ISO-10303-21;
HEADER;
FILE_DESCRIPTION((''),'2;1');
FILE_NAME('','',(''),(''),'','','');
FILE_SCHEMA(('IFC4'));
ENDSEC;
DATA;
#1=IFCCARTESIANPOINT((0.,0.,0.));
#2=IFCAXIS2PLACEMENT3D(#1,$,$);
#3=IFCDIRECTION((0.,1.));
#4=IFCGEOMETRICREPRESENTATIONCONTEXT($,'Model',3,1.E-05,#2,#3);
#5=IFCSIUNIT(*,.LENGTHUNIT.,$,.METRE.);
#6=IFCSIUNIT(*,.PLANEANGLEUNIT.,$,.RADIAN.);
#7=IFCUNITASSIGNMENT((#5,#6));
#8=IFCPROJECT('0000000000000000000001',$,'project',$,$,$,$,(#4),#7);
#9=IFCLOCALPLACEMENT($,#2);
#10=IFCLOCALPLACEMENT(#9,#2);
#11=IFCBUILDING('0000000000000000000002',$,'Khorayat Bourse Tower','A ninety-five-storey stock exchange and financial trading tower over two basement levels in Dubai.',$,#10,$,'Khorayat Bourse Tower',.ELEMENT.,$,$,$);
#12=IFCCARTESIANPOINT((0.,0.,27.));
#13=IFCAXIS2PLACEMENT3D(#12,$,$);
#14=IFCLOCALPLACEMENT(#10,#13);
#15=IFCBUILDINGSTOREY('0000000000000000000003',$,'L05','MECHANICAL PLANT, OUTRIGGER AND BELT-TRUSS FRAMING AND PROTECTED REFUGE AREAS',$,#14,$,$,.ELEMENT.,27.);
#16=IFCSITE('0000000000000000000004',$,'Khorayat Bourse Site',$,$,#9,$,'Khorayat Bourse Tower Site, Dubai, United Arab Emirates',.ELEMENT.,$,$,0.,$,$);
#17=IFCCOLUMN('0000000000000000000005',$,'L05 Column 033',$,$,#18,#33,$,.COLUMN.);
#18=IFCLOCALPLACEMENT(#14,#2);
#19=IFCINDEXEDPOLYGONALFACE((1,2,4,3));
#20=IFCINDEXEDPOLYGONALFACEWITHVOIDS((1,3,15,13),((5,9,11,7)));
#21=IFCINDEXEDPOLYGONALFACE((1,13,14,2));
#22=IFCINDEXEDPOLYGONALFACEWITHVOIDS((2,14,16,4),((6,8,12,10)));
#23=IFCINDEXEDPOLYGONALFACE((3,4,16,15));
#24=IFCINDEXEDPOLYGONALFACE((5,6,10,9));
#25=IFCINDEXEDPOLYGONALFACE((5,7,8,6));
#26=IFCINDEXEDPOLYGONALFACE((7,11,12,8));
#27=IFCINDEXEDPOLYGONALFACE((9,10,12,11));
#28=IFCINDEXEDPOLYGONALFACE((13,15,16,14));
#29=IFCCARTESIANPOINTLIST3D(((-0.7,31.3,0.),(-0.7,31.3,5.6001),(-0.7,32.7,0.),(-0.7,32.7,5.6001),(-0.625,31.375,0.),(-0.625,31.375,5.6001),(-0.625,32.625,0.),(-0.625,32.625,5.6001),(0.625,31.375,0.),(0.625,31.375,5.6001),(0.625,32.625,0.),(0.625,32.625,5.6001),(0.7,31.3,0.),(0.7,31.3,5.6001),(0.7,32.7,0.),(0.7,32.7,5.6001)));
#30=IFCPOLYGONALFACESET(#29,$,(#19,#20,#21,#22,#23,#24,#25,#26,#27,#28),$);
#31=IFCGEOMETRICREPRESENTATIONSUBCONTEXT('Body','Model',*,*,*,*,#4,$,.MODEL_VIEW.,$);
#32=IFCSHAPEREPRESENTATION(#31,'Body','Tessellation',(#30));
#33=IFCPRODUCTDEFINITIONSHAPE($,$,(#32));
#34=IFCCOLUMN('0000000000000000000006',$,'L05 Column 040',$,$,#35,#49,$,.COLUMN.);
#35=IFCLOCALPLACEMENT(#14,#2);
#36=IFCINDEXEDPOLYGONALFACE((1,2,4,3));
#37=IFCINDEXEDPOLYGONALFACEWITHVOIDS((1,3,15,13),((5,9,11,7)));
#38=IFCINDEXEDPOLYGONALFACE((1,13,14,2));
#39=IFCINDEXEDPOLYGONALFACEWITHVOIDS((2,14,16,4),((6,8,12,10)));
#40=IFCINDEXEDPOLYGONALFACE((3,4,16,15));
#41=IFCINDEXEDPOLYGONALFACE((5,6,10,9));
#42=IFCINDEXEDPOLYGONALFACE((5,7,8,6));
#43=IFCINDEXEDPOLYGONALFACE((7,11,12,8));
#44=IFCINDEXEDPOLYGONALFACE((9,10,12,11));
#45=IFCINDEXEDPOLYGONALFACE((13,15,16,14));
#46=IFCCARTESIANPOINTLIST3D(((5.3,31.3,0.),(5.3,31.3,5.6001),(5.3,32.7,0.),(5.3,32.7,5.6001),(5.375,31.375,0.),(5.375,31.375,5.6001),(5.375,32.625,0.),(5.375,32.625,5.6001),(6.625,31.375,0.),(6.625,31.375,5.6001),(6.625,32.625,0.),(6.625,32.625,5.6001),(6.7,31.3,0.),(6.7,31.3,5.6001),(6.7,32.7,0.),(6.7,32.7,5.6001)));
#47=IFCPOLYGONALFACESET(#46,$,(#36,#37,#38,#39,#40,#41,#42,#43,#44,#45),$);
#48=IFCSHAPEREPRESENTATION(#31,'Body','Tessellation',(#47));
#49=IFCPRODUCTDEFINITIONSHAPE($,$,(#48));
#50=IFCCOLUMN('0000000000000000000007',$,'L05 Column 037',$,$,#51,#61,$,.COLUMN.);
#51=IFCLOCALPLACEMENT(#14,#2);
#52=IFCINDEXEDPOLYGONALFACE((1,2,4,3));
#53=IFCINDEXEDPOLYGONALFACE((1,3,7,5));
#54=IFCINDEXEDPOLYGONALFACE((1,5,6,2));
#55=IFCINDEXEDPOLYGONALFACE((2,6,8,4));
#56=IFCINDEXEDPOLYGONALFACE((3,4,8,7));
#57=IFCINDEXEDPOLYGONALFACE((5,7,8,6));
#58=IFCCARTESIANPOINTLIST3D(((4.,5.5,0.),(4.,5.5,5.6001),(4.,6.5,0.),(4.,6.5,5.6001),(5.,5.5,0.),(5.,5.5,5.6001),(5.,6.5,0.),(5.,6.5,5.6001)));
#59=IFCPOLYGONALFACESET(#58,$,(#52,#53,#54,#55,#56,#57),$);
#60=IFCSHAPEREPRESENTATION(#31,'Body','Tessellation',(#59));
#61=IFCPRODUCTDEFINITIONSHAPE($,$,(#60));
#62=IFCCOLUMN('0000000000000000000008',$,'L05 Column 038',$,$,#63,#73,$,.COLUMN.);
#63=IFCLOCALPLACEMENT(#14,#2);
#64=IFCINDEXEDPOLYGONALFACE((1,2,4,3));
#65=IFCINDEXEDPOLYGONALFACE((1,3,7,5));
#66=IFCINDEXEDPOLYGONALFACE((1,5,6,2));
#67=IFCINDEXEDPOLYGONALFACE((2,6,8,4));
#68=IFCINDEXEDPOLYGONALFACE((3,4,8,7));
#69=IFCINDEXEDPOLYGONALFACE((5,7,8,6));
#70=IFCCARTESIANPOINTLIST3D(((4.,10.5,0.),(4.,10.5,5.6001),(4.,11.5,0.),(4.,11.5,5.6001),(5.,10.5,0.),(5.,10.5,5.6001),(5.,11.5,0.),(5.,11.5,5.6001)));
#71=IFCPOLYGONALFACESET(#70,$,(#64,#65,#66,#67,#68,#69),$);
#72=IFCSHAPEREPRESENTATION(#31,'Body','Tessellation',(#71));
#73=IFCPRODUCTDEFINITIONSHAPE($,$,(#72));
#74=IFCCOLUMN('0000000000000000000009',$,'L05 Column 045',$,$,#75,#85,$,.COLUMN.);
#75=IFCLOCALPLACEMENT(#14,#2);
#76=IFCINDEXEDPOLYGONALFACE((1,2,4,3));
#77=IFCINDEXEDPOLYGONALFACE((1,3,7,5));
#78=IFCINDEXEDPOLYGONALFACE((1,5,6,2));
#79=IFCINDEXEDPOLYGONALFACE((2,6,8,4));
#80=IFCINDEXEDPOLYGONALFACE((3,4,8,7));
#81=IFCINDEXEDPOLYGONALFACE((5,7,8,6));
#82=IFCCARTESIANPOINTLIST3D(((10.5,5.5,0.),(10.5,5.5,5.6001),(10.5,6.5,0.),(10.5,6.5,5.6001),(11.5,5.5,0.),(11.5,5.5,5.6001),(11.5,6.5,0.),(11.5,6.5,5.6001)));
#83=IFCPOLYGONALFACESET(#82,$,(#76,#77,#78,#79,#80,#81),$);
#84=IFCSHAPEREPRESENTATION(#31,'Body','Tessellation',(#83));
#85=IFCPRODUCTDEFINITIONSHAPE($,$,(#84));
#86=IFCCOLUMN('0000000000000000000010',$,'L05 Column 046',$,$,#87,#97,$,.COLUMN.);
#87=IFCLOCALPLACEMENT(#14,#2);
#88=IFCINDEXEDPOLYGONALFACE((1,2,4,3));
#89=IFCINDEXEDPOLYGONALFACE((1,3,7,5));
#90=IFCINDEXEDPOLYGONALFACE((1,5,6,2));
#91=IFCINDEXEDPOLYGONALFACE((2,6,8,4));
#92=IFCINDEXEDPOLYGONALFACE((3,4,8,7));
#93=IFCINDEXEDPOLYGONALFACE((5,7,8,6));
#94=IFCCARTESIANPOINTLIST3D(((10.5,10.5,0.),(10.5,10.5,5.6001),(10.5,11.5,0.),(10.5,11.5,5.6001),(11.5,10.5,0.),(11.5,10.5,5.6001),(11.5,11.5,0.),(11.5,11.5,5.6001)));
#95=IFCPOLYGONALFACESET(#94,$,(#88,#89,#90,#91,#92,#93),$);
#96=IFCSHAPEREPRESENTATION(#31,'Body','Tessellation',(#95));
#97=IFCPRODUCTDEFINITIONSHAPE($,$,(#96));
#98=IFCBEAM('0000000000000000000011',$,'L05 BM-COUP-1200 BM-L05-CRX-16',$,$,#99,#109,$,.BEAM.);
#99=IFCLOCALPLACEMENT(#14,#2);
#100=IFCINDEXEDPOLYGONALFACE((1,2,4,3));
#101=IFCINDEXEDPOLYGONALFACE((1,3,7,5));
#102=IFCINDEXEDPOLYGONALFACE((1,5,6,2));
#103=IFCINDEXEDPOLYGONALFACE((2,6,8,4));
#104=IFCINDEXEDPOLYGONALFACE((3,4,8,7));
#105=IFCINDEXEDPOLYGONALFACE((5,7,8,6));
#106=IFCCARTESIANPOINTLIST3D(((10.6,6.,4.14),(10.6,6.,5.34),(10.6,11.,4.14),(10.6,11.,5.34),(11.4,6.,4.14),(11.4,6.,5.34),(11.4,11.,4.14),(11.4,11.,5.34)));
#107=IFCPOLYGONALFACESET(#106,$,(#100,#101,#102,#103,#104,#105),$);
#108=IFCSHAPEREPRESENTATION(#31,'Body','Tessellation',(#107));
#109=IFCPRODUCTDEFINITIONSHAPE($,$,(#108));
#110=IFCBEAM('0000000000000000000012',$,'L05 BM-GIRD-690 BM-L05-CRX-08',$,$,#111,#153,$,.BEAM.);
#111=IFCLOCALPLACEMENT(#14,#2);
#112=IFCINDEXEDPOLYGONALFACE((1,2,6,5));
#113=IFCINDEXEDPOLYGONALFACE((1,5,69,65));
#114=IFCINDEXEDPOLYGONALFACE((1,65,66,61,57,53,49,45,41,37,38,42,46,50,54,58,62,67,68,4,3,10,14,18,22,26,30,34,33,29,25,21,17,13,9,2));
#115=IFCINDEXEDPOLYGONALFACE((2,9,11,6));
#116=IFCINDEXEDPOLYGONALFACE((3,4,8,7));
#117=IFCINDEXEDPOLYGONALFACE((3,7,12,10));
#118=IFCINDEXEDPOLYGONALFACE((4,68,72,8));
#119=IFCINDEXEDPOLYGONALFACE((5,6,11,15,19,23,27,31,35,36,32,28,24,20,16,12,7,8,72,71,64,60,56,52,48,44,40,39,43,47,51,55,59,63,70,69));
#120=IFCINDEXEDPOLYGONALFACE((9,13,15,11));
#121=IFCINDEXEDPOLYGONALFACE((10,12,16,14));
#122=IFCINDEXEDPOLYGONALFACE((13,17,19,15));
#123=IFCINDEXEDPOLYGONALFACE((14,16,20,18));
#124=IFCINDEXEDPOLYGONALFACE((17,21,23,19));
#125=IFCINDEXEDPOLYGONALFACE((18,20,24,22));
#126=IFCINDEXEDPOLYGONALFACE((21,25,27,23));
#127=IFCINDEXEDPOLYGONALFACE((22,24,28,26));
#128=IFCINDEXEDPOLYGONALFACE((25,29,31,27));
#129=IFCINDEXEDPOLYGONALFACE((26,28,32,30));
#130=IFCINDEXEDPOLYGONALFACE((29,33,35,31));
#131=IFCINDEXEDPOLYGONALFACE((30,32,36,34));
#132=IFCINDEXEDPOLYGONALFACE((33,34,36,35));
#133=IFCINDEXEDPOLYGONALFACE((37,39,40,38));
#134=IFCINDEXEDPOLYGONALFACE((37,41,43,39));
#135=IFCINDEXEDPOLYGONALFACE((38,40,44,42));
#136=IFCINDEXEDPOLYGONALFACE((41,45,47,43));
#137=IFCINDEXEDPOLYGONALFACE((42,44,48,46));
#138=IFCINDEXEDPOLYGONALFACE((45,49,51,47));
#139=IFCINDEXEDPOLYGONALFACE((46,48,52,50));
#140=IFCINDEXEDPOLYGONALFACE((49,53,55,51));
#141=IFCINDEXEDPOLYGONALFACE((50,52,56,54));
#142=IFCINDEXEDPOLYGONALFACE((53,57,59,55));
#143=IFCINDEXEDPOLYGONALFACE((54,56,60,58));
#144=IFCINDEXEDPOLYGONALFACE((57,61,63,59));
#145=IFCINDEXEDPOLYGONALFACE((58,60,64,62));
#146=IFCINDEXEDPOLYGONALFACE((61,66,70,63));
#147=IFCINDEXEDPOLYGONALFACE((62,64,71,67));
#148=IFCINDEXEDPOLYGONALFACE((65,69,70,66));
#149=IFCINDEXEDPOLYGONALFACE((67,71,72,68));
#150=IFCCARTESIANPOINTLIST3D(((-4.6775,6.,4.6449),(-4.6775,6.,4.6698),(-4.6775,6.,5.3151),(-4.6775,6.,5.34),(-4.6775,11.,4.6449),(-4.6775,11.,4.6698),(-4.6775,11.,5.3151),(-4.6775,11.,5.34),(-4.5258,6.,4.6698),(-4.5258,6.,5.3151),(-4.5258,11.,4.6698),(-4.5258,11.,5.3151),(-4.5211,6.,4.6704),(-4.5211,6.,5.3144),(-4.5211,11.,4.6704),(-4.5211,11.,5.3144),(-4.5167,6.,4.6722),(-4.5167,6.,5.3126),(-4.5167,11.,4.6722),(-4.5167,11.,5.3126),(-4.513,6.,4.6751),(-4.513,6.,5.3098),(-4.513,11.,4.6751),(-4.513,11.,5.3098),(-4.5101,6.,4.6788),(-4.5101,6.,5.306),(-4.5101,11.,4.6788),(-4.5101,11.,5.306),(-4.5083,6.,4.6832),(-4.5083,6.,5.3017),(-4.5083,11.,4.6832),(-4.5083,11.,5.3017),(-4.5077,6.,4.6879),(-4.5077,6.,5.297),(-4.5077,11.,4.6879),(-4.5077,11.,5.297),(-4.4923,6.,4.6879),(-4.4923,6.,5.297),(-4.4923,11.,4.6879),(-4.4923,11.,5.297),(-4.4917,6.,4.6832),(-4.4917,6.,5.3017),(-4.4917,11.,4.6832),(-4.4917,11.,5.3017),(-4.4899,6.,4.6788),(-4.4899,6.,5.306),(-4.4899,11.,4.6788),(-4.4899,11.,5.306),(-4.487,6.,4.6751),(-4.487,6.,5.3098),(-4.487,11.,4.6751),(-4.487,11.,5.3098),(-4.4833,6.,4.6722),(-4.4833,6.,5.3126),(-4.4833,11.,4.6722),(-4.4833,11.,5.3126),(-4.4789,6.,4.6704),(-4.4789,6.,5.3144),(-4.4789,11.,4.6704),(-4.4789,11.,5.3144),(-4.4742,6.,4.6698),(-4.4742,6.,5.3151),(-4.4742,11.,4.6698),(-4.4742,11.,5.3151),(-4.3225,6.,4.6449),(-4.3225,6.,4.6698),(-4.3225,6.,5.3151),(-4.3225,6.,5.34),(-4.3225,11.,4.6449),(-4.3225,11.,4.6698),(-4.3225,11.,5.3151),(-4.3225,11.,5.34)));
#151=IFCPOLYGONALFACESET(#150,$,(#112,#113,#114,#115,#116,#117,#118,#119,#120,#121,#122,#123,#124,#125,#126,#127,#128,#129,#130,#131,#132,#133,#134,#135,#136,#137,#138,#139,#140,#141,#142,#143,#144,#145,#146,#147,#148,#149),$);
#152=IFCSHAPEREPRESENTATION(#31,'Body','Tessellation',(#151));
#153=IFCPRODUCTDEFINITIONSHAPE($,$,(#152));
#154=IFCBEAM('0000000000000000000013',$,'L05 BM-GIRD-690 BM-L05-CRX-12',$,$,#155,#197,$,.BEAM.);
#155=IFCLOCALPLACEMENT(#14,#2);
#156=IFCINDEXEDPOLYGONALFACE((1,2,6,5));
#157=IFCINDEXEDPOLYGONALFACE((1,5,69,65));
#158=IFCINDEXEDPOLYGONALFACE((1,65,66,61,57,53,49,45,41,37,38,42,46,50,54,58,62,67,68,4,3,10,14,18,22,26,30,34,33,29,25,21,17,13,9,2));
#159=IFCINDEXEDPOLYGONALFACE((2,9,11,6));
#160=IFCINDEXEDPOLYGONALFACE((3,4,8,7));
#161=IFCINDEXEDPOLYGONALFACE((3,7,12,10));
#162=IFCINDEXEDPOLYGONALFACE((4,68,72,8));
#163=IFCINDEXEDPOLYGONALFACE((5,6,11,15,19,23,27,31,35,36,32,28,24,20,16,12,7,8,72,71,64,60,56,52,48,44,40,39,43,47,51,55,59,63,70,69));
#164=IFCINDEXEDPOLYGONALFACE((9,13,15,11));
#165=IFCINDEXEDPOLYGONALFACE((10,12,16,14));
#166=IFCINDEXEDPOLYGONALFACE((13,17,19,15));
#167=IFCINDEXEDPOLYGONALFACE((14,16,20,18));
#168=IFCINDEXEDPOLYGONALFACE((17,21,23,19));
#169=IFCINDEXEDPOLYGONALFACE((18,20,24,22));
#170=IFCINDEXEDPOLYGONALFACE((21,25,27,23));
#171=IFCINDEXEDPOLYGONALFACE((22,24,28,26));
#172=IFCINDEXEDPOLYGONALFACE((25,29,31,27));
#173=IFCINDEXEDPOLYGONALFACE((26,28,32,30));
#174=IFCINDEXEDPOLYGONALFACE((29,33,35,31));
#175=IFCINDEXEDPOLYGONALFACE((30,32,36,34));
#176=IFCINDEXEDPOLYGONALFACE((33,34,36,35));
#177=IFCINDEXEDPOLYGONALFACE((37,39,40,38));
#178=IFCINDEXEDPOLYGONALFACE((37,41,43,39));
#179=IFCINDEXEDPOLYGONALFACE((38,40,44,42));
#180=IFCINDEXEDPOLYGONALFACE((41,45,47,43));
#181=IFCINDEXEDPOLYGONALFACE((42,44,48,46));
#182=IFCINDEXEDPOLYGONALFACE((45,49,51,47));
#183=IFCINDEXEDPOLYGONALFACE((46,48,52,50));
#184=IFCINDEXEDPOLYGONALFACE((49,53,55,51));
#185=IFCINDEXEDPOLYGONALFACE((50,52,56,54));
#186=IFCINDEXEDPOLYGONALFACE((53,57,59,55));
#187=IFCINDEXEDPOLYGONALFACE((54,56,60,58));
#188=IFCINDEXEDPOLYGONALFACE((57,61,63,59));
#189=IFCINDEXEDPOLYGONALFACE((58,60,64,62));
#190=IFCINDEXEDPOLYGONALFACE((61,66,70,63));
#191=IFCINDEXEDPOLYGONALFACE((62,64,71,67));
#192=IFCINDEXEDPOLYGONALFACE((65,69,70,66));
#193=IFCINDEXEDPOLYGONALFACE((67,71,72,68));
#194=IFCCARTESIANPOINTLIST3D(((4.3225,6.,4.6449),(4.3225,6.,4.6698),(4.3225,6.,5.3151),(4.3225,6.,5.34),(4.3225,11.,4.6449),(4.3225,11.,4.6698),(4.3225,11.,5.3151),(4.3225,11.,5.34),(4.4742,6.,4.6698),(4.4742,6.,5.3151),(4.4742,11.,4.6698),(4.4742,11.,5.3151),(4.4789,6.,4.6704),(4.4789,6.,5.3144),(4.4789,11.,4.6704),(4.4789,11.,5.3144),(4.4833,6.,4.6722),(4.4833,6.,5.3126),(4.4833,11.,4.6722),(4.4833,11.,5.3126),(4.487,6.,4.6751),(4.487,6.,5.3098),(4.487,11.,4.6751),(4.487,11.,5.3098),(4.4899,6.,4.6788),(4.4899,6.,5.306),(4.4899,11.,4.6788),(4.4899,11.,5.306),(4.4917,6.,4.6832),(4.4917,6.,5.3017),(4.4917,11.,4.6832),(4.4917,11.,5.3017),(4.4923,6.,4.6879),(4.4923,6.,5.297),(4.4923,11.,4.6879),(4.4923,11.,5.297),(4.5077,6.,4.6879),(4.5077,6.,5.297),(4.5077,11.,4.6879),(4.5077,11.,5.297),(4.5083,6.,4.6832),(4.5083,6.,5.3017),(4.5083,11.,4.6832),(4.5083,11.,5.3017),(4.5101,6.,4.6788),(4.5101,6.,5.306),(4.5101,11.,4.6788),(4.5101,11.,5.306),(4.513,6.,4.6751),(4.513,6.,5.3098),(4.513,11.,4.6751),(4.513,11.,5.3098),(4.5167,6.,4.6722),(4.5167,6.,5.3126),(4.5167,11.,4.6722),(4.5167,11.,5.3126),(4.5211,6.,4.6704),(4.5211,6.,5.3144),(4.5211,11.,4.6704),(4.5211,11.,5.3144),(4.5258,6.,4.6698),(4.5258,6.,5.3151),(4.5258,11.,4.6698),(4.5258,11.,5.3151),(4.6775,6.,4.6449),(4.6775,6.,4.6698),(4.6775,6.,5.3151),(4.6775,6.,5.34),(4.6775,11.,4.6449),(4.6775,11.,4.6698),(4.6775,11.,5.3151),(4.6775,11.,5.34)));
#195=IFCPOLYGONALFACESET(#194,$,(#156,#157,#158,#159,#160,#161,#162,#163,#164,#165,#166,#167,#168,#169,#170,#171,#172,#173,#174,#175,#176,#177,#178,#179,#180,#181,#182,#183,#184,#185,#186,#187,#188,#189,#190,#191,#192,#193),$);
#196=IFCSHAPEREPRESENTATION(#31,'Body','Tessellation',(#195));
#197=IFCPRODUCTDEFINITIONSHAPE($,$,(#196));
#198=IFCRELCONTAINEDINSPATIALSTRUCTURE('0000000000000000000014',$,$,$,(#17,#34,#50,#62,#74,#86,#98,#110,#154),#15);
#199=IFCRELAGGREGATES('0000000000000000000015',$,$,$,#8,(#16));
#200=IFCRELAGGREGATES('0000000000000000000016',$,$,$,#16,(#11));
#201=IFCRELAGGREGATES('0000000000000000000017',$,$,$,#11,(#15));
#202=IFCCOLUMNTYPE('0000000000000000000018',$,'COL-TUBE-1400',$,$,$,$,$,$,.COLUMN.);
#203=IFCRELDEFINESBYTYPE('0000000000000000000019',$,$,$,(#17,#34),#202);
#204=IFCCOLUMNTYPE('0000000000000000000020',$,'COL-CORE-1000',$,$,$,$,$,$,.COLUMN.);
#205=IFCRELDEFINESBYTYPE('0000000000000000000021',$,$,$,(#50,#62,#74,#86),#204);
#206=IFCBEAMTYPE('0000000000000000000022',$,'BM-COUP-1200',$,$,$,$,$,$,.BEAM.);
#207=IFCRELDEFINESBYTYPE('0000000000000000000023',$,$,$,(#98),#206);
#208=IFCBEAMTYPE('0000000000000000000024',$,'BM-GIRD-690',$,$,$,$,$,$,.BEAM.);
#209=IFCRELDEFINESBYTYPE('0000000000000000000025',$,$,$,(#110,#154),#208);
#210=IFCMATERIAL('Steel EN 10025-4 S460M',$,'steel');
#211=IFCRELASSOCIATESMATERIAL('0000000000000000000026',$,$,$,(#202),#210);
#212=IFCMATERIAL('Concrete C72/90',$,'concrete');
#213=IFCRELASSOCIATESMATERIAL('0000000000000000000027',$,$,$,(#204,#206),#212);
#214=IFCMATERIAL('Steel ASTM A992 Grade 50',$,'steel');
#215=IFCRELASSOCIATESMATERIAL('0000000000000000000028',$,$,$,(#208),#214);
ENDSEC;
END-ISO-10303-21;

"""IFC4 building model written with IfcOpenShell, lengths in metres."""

from ifc_helpers import new_model, si_unit, direction, frame, origin, origin_2d, place, context, subcontext, project, spatial, rectangle, hollow_rectangle, i_section, extrude, source, transform, mapped, material, material_profile, profile_set, type_object, element, save


model = new_model("IFC4")

# Units and contexts
model_context = context("Model", 3, precision=1e-05, world=origin(), true_north=direction((0.0, 1.0)))
body_context = subcontext(model_context, "Body", "Model", "MODEL_VIEW")
ifc_project = project(units=[si_unit("LENGTHUNIT", "METRE"), si_unit("PLANEANGLEUNIT", "RADIAN")], contexts=[model_context])

# Site, building, storey
site_placement = place(None, origin())
site = spatial("IfcSite", under=ifc_project, at=site_placement, Name="Khorayat Bourse Site", LongName="Khorayat Bourse Tower Site, Dubai, United Arab Emirates", CompositionType="ELEMENT", RefElevation=0.0)
building_placement = place(site_placement, origin())
building = spatial("IfcBuilding", under=site, at=building_placement, Name="Khorayat Bourse Tower", Description="A ninety-five-storey stock exchange and financial trading tower over two basement levels in Dubai.", LongName="Khorayat Bourse Tower", CompositionType="ELEMENT")
storey_placement = place(building_placement, frame((0.0, 0.0, 27.0)))
storey = spatial("IfcBuildingStorey", under=building, at=storey_placement, Name="L05", Description="MECHANICAL PLANT, OUTRIGGER AND BELT-TRUSS FRAMING AND PROTECTED REFUGE AREAS", CompositionType="ELEMENT", Elevation=27.0)

# Columns
ifc_material_1 = material(Name="Steel EN 10025-4 S460M", Category="steel")
ifc_material_profile_1 = material_profile(ifc_material_1, hollow_rectangle(XDim=1.3999, YDim=1.3999, WallThickness=0.075, at=origin_2d()), Name="BOX 1400x1400x75")
ifc_profile_set_1 = profile_set([ifc_material_profile_1], Name="Steel EN 10025-4 S460M")
column_type_1 = type_object("IfcColumnType", Name="COL-TUBE-1400", PredefinedType="COLUMN", material=ifc_profile_set_1)
shared_shape_1 = source(origin(), body_context, "Body", "SweptSolid", [
    extrude(hollow_rectangle(XDim=1.3999, YDim=1.3999, WallThickness=0.075, at=origin_2d()), origin(), (0.0, 0.0, 1.0), 5.6001),
])
for number, where, z_axis, x_axis, name in (
    (1, (0.0, 32.0, 0.0), (0.0, 0.0, 1.0), (1.0, 0.0, 0.0), "L05 Column 033"),
    (2, (6.0, 32.0, 0.0), (0.0, 0.0, 1.0), (1.0, 0.0, 0.0), "L05 Column 040"),
):
    element("IfcColumn", number, at=place(storey_placement, frame(where, z_axis=z_axis, x_axis=x_axis)), inside=storey, type_object=column_type_1, Name=name, PredefinedType="COLUMN", context=body_context, shape_type="MappedRepresentation", body=[
        mapped(shared_shape_1, transform((0.0, 0.0, 0.0), scale=1.0)),
    ])
ifc_material_2 = material(Name="Concrete C72/90", Category="concrete")
ifc_material_profile_2 = material_profile(ifc_material_2, rectangle(XDim=1.0, YDim=1.0, at=origin_2d()), Name="RC 1000x1000")
ifc_profile_set_2 = profile_set([ifc_material_profile_2], Name="Concrete C72/90")
column_type_2 = type_object("IfcColumnType", Name="COL-CORE-1000", PredefinedType="COLUMN", material=ifc_profile_set_2)
shared_shape_2 = source(origin(), body_context, "Body", "SweptSolid", [
    extrude(rectangle(XDim=1.0, YDim=1.0, at=origin_2d()), origin(), (0.0, 0.0, 1.0), 5.6001),
])
for number, where, z_axis, x_axis, name in (
    (3, (4.5, 6.0, 0.0), (0.0, 0.0, 1.0), (1.0, 0.0, 0.0), "L05 Column 037"),
    (4, (4.5, 11.0, 0.0), (0.0, 0.0, 1.0), (1.0, 0.0, 0.0), "L05 Column 038"),
    (5, (11.0, 6.0, 0.0), (0.0, 0.0, 1.0), (1.0, 0.0, 0.0), "L05 Column 045"),
    (6, (11.0, 11.0, 0.0), (0.0, 0.0, 1.0), (1.0, 0.0, 0.0), "L05 Column 046"),
):
    element("IfcColumn", number, at=place(storey_placement, frame(where, z_axis=z_axis, x_axis=x_axis)), inside=storey, type_object=column_type_2, Name=name, PredefinedType="COLUMN", context=body_context, shape_type="MappedRepresentation", body=[
        mapped(shared_shape_2, transform((0.0, 0.0, 0.0), scale=1.0)),
    ])

# Beams
ifc_material_profile_3 = material_profile(ifc_material_2, rectangle(XDim=0.8, YDim=1.2, at=origin_2d()), Name="RC 800x1200")
ifc_profile_set_3 = profile_set([ifc_material_profile_3], Name="Concrete C72/90")
beam_type_1 = type_object("IfcBeamType", Name="BM-COUP-1200", PredefinedType="BEAM", material=ifc_profile_set_3)
shared_shape_3 = source(origin(), body_context, "Body", "SweptSolid", [
    extrude(rectangle(XDim=0.8, YDim=1.2, at=origin_2d()), origin(), (0.0, 0.0, 1.0), 5.0),
])
beam_1_placement = place(storey_placement, frame((11.0, 6.0, 4.74), z_axis=(0.0, 1.0, 0.0), x_axis=(-1.0, 0.0, 0.0)))
element("IfcBeam", 7, at=beam_1_placement, inside=storey, type_object=beam_type_1, Name="L05 BM-COUP-1200 BM-L05-CRX-16", PredefinedType="BEAM", context=body_context, shape_type="MappedRepresentation", body=[
    mapped(shared_shape_3, transform((0.0, 0.0, 0.0), scale=1.0)),
])
ifc_material_3 = material(Name="Steel ASTM A992 Grade 50", Category="steel")
ifc_material_profile_4 = material_profile(ifc_material_3, i_section(OverallWidth=0.355, OverallDepth=0.6951, WebThickness=0.0154, FlangeThickness=0.0249, FilletRadius=0.0181, at=origin_2d()), Name="W690X217")
ifc_profile_set_4 = profile_set([ifc_material_profile_4], Name="Steel ASTM A992 Grade 50")
beam_type_2 = type_object("IfcBeamType", Name="BM-GIRD-690", PredefinedType="BEAM", material=ifc_profile_set_4)
shared_shape_4 = source(origin(), body_context, "Body", "SweptSolid", [
    extrude(i_section(OverallWidth=0.355, OverallDepth=0.6951, WebThickness=0.0154, FlangeThickness=0.0249, FilletRadius=0.0181, at=origin_2d()), origin(), (0.0, 0.0, 1.0), 5.0),
])
for number, where, z_axis, x_axis, name in (
    (8, (-4.5, 6.0, 4.9924), (0.0, 1.0, 0.0), (-1.0, 0.0, 0.0), "L05 BM-GIRD-690 BM-L05-CRX-08"),
    (9, (4.5, 6.0, 4.9924), (0.0, 1.0, 0.0), (-1.0, 0.0, 0.0), "L05 BM-GIRD-690 BM-L05-CRX-12"),
):
    element("IfcBeam", number, at=place(storey_placement, frame(where, z_axis=z_axis, x_axis=x_axis)), inside=storey, type_object=beam_type_2, Name=name, PredefinedType="BEAM", context=body_context, shape_type="MappedRepresentation", body=[
        mapped(shared_shape_4, transform((0.0, 0.0, 0.0), scale=1.0)),
    ])

save(model, "model.ifc")
